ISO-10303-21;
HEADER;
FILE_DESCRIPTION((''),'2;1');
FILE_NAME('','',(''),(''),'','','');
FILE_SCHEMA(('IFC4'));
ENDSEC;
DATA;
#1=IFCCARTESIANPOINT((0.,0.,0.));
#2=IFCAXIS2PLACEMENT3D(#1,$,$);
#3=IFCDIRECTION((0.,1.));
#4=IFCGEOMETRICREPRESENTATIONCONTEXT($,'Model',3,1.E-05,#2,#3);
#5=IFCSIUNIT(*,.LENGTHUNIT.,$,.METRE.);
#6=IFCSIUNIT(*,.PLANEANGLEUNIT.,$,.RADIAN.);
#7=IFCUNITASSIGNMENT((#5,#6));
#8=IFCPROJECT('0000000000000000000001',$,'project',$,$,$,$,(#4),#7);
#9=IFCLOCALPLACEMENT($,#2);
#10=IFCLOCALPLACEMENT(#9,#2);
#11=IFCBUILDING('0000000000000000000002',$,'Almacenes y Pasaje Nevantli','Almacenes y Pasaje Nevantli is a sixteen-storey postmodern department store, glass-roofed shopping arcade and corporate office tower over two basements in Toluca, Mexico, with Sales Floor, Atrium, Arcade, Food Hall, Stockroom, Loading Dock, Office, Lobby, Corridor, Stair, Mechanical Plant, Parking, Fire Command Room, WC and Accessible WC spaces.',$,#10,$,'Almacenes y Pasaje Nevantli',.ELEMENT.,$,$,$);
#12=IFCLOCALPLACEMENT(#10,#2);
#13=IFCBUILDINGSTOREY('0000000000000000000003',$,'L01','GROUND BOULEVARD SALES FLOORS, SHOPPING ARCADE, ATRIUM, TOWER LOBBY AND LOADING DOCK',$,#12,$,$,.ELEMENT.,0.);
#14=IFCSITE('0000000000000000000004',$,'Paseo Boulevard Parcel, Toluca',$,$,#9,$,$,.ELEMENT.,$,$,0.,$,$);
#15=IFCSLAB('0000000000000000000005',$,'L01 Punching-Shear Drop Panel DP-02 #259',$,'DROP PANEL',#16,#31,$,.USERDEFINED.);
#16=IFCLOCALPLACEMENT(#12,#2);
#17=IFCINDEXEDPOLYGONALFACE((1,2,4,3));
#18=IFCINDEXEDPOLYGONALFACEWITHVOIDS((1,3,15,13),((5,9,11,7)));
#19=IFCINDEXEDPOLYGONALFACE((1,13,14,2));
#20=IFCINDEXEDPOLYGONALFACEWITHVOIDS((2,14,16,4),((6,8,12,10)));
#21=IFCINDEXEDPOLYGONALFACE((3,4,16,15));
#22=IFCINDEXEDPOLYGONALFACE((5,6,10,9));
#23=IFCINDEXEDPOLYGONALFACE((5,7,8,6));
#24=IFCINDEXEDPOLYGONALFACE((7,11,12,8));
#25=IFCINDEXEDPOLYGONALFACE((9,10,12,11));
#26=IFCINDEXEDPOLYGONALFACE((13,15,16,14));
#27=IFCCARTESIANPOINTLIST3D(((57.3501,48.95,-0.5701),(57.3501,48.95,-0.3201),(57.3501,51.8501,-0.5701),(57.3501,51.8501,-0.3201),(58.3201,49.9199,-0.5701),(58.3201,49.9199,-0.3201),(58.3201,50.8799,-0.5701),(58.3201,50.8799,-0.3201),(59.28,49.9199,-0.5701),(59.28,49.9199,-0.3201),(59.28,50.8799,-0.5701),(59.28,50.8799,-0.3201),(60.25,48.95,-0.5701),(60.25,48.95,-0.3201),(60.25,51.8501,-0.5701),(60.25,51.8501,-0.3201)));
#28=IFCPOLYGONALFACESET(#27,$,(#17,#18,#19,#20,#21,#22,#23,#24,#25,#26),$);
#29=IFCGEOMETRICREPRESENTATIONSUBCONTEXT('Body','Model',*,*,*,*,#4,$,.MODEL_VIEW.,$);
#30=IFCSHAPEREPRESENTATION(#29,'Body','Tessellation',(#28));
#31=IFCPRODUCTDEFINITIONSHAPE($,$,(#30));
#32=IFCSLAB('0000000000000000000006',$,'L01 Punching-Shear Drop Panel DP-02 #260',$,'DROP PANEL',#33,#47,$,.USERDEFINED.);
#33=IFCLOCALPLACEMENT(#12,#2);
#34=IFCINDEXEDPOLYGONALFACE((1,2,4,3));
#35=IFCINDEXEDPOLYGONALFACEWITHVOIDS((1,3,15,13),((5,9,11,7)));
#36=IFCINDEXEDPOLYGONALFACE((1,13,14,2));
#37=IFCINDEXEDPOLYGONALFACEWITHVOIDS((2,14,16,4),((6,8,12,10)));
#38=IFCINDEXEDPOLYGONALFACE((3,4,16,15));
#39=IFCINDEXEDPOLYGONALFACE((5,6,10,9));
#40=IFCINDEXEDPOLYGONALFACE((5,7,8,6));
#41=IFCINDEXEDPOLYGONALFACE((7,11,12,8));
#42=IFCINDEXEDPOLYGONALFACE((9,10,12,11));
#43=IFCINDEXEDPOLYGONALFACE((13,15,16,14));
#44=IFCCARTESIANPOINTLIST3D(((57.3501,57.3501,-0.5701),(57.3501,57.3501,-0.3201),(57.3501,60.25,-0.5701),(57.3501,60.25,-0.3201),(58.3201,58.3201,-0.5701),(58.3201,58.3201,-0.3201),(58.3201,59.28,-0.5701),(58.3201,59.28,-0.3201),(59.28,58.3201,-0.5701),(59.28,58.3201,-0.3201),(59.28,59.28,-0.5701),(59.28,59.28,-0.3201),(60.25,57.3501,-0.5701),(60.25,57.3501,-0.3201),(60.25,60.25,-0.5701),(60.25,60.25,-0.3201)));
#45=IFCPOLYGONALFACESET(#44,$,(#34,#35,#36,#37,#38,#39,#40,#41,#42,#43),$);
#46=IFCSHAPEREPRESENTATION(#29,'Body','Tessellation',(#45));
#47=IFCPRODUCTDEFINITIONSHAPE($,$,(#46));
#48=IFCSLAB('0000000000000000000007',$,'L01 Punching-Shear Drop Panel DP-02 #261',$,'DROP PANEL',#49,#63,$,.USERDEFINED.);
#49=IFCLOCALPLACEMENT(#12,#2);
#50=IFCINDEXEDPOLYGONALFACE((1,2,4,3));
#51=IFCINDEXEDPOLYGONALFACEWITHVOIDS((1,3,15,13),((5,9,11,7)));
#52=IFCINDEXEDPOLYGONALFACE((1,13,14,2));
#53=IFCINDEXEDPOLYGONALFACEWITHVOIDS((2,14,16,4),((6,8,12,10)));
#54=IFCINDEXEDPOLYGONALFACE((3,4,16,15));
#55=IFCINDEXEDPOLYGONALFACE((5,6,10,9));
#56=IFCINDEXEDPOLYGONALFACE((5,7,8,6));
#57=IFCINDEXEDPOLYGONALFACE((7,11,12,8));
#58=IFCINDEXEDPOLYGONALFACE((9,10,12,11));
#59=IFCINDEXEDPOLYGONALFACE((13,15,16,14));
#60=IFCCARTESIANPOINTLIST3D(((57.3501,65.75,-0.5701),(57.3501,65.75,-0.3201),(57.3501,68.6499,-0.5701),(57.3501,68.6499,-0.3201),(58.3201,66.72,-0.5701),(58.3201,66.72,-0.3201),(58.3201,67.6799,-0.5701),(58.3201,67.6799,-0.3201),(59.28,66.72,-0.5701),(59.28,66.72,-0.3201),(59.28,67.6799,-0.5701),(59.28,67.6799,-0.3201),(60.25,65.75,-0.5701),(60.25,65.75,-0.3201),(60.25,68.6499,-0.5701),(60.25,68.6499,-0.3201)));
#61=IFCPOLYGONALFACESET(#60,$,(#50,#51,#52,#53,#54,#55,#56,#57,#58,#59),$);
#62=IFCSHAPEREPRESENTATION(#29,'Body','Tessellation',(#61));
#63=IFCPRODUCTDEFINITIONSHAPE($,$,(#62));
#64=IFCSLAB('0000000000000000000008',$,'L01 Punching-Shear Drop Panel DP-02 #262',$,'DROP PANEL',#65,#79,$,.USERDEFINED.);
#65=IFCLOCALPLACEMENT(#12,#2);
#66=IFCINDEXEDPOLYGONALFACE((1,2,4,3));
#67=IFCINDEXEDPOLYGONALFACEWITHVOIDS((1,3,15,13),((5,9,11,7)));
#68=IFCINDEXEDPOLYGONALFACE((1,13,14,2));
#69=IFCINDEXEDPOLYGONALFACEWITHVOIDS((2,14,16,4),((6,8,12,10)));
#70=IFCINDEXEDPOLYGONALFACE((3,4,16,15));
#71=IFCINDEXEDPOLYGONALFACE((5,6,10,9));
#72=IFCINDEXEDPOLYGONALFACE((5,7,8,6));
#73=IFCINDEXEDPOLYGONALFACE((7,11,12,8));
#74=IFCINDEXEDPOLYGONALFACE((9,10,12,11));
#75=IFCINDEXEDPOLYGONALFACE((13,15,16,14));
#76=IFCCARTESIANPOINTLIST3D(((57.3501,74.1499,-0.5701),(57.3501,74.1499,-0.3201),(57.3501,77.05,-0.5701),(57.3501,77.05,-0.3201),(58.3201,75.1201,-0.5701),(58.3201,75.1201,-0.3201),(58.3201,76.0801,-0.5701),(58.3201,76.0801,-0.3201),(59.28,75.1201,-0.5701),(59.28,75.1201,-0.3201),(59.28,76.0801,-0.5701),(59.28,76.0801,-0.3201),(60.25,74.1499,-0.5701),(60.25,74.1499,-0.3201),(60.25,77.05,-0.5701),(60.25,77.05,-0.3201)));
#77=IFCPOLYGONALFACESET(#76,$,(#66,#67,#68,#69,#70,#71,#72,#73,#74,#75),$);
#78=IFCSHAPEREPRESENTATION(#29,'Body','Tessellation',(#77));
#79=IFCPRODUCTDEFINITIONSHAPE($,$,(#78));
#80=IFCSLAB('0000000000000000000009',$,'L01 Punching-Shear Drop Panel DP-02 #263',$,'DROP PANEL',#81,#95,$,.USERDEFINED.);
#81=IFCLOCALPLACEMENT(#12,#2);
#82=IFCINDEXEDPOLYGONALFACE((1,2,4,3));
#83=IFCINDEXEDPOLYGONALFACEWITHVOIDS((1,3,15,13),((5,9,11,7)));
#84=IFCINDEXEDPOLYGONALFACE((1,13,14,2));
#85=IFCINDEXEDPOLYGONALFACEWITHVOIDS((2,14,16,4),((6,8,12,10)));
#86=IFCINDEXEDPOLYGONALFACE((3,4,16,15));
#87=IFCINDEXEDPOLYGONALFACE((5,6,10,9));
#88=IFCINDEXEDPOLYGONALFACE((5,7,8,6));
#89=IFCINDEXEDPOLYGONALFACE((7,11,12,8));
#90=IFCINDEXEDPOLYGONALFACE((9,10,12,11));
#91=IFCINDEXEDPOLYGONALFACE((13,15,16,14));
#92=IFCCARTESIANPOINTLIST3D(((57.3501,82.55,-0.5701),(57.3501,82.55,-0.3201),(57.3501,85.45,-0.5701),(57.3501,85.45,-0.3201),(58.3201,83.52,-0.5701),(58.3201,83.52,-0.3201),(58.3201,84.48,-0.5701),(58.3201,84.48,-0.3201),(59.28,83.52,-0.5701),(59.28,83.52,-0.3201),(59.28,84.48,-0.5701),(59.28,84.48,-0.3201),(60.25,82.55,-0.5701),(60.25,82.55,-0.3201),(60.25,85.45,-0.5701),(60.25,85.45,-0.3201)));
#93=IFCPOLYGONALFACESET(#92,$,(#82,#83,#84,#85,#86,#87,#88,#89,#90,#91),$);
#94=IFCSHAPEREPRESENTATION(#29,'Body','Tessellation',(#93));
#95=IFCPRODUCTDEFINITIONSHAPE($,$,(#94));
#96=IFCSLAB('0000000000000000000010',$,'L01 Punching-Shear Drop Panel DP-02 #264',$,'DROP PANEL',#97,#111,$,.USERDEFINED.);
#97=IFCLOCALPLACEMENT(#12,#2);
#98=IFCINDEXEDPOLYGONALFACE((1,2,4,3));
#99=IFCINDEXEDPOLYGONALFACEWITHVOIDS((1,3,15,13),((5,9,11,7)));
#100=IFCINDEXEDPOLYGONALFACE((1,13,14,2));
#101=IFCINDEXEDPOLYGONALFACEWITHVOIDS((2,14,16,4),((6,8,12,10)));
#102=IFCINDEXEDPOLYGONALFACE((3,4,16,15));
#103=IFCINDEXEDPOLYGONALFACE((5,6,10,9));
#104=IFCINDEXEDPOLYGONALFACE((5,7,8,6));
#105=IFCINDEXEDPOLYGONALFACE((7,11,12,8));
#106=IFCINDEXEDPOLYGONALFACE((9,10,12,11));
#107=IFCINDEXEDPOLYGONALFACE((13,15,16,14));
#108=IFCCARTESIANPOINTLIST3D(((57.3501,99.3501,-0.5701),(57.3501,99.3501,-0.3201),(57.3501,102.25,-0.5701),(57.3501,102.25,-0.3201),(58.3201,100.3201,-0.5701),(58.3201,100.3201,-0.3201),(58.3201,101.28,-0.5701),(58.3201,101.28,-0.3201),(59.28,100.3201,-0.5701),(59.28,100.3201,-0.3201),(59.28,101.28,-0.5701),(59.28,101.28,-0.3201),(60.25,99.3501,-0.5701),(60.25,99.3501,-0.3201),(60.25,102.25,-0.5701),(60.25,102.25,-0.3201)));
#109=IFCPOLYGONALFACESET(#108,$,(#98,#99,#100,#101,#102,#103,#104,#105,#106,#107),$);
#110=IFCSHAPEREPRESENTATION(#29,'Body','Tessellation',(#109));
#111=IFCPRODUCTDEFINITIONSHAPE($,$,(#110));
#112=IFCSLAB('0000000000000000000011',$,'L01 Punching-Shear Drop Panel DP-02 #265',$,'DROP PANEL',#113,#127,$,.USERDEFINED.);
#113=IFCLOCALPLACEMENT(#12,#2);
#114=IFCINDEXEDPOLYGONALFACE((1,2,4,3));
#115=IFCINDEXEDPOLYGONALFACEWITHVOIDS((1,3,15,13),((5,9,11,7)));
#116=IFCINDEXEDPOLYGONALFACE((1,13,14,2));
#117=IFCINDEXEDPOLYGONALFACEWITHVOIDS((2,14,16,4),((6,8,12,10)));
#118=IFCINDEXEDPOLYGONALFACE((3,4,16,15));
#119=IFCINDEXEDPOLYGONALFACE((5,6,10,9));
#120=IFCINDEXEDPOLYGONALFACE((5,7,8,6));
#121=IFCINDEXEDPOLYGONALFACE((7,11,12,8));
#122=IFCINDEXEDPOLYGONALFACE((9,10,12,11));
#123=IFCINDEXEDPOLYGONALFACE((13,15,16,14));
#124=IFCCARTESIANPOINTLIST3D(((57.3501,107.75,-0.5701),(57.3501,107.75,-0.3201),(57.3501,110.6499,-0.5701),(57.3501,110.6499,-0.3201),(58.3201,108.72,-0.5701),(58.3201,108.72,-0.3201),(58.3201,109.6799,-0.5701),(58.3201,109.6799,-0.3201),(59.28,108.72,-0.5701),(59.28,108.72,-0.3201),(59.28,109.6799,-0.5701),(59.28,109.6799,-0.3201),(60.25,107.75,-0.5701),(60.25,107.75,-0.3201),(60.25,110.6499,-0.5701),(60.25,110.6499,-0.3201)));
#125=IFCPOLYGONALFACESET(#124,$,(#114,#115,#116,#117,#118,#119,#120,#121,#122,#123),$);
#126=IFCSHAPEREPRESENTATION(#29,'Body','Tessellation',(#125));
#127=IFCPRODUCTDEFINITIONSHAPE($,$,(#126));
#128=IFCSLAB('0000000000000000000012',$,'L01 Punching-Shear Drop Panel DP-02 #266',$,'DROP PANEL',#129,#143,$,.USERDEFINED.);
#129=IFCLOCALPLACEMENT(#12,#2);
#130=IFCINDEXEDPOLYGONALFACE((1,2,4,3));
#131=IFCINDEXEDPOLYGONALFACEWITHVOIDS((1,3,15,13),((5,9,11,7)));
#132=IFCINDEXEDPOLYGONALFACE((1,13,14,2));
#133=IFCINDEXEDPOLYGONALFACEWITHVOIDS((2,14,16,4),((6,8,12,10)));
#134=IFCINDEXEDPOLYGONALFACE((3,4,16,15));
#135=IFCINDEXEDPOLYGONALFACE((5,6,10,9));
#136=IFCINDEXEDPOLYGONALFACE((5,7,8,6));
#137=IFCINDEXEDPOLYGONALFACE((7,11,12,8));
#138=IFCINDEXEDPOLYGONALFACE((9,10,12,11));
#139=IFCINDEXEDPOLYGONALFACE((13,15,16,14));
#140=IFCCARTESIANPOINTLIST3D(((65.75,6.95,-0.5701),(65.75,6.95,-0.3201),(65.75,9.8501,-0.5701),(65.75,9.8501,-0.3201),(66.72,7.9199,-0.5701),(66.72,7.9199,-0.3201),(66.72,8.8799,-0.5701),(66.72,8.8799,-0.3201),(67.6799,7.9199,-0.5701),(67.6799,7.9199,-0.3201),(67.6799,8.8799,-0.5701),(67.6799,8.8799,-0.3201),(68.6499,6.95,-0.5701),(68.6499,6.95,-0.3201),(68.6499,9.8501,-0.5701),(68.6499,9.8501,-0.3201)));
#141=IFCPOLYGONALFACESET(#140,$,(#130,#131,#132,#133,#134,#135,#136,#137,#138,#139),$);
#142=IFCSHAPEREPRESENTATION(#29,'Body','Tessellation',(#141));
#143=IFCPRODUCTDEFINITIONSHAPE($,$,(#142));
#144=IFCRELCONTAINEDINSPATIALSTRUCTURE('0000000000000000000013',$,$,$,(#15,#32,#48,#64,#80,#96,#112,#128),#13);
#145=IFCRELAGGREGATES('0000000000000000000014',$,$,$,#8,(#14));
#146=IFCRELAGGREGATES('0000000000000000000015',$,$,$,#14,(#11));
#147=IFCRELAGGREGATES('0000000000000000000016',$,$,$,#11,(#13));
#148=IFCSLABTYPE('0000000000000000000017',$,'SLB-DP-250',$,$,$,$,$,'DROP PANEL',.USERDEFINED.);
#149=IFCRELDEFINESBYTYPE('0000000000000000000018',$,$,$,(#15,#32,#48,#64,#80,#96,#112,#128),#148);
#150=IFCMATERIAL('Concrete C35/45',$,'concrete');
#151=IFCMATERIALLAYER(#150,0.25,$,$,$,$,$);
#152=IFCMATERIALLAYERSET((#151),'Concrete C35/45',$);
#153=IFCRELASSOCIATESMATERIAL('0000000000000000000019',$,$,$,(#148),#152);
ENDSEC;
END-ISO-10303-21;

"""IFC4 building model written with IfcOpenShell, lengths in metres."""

from ifc_helpers import new_model, si_unit, direction, frame, origin, place, context, subcontext, project, spatial, polyline, outline, extrude, material, layer, layer_set, type_object, element, save


model = new_model("IFC4")

# Units and contexts
model_context = context("Model", 3, precision=1e-05, world=origin(), true_north=direction((0.0, 1.0)))
body_context = subcontext(model_context, "Body", "Model", "MODEL_VIEW")
ifc_project = project(units=[si_unit("LENGTHUNIT", "METRE"), si_unit("PLANEANGLEUNIT", "RADIAN")], contexts=[model_context])

# Site, building, storey
site_placement = place(None, origin())
site = spatial("IfcSite", under=ifc_project, at=site_placement, Name="Paseo Boulevard Parcel, Toluca", CompositionType="ELEMENT", RefElevation=0.0)
building_placement = place(site_placement, origin())
building = spatial("IfcBuilding", under=site, at=building_placement, Name="Almacenes y Pasaje Nevantli", Description="Almacenes y Pasaje Nevantli is a sixteen-storey postmodern department store, glass-roofed shopping arcade and corporate office tower over two basements in Toluca, Mexico, with Sales Floor, Atrium, Arcade, Food Hall, Stockroom, Loading Dock, Office, Lobby, Corridor, Stair, Mechanical Plant, Parking, Fire Command Room, WC and Accessible WC spaces.", LongName="Almacenes y Pasaje Nevantli", CompositionType="ELEMENT")
storey_placement = place(building_placement, origin())
storey = spatial("IfcBuildingStorey", under=building, at=storey_placement, Name="L01", Description="GROUND BOULEVARD SALES FLOORS, SHOPPING ARCADE, ATRIUM, TOWER LOBBY AND LOADING DOCK", CompositionType="ELEMENT", Elevation=0.0)

# Slabs
ifc_material = material(Name="Concrete C35/45", Category="concrete")
ifc_layer = layer(ifc_material, 0.25)
ifc_layer_set = layer_set([ifc_layer], Name="Concrete C35/45")
slab_type = type_object("IfcSlabType", Name="SLB-DP-250", ElementType="DROP PANEL", PredefinedType="USERDEFINED", material=ifc_layer_set)
slab_1_placement = place(storey_placement, frame((0.0, 0.0, -0.5701)))
element("IfcSlab", 1, at=slab_1_placement, inside=storey, type_object=slab_type, Name="L01 Punching-Shear Drop Panel DP-02 #259", ObjectType="DROP PANEL", PredefinedType="USERDEFINED", context=body_context, shape_type="SweptSolid", body=[
    extrude(outline(polyline([(57.3501, 48.95), (60.25, 48.95), (60.25, 51.8501), (57.3501, 51.8501), (57.3501, 48.95)]), holes=[polyline([(58.3201, 49.9199), (59.28, 49.9199), (59.28, 50.8799), (58.3201, 50.8799), (58.3201, 49.9199)])]), origin(), (0.0, 0.0, 1.0), 0.25),
])
slab_2_placement = place(storey_placement, frame((0.0, 0.0, -0.5701)))
element("IfcSlab", 2, at=slab_2_placement, inside=storey, type_object=slab_type, Name="L01 Punching-Shear Drop Panel DP-02 #260", ObjectType="DROP PANEL", PredefinedType="USERDEFINED", context=body_context, shape_type="SweptSolid", body=[
    extrude(outline(polyline([(57.3501, 57.3501), (60.25, 57.3501), (60.25, 60.25), (57.3501, 60.25), (57.3501, 57.3501)]), holes=[polyline([(58.3201, 58.3201), (59.28, 58.3201), (59.28, 59.28), (58.3201, 59.28), (58.3201, 58.3201)])]), origin(), (0.0, 0.0, 1.0), 0.25),
])
slab_3_placement = place(storey_placement, frame((0.0, 0.0, -0.5701)))
element("IfcSlab", 3, at=slab_3_placement, inside=storey, type_object=slab_type, Name="L01 Punching-Shear Drop Panel DP-02 #261", ObjectType="DROP PANEL", PredefinedType="USERDEFINED", context=body_context, shape_type="SweptSolid", body=[
    extrude(outline(polyline([(57.3501, 65.75), (60.25, 65.75), (60.25, 68.6499), (57.3501, 68.6499), (57.3501, 65.75)]), holes=[polyline([(58.3201, 66.72), (59.28, 66.72), (59.28, 67.6799), (58.3201, 67.6799), (58.3201, 66.72)])]), origin(), (0.0, 0.0, 1.0), 0.25),
])
slab_4_placement = place(storey_placement, frame((0.0, 0.0, -0.5701)))
element("IfcSlab", 4, at=slab_4_placement, inside=storey, type_object=slab_type, Name="L01 Punching-Shear Drop Panel DP-02 #262", ObjectType="DROP PANEL", PredefinedType="USERDEFINED", context=body_context, shape_type="SweptSolid", body=[
    extrude(outline(polyline([(57.3501, 74.1499), (60.25, 74.1499), (60.25, 77.05), (57.3501, 77.05), (57.3501, 74.1499)]), holes=[polyline([(58.3201, 75.1201), (59.28, 75.1201), (59.28, 76.0801), (58.3201, 76.0801), (58.3201, 75.1201)])]), origin(), (0.0, 0.0, 1.0), 0.25),
])
slab_5_placement = place(storey_placement, frame((0.0, 0.0, -0.5701)))
element("IfcSlab", 5, at=slab_5_placement, inside=storey, type_object=slab_type, Name="L01 Punching-Shear Drop Panel DP-02 #263", ObjectType="DROP PANEL", PredefinedType="USERDEFINED", context=body_context, shape_type="SweptSolid", body=[
    extrude(outline(polyline([(57.3501, 82.55), (60.25, 82.55), (60.25, 85.45), (57.3501, 85.45), (57.3501, 82.55)]), holes=[polyline([(58.3201, 83.52), (59.28, 83.52), (59.28, 84.48), (58.3201, 84.48), (58.3201, 83.52)])]), origin(), (0.0, 0.0, 1.0), 0.25),
])
slab_6_placement = place(storey_placement, frame((0.0, 0.0, -0.5701)))
element("IfcSlab", 6, at=slab_6_placement, inside=storey, type_object=slab_type, Name="L01 Punching-Shear Drop Panel DP-02 #264", ObjectType="DROP PANEL", PredefinedType="USERDEFINED", context=body_context, shape_type="SweptSolid", body=[
    extrude(outline(polyline([(57.3501, 99.3501), (60.25, 99.3501), (60.25, 102.25), (57.3501, 102.25), (57.3501, 99.3501)]), holes=[polyline([(58.3201, 100.3201), (59.28, 100.3201), (59.28, 101.28), (58.3201, 101.28), (58.3201, 100.3201)])]), origin(), (0.0, 0.0, 1.0), 0.25),
])
slab_7_placement = place(storey_placement, frame((0.0, 0.0, -0.5701)))
element("IfcSlab", 7, at=slab_7_placement, inside=storey, type_object=slab_type, Name="L01 Punching-Shear Drop Panel DP-02 #265", ObjectType="DROP PANEL", PredefinedType="USERDEFINED", context=body_context, shape_type="SweptSolid", body=[
    extrude(outline(polyline([(57.3501, 107.75), (60.25, 107.75), (60.25, 110.6499), (57.3501, 110.6499), (57.3501, 107.75)]), holes=[polyline([(58.3201, 108.72), (59.28, 108.72), (59.28, 109.6799), (58.3201, 109.6799), (58.3201, 108.72)])]), origin(), (0.0, 0.0, 1.0), 0.25),
])
slab_8_placement = place(storey_placement, frame((0.0, 0.0, -0.5701)))
element("IfcSlab", 8, at=slab_8_placement, inside=storey, type_object=slab_type, Name="L01 Punching-Shear Drop Panel DP-02 #266", ObjectType="DROP PANEL", PredefinedType="USERDEFINED", context=body_context, shape_type="SweptSolid", body=[
    extrude(outline(polyline([(65.75, 6.95), (68.6499, 6.95), (68.6499, 9.8501), (65.75, 9.8501), (65.75, 6.95)]), holes=[polyline([(66.72, 7.9199), (67.6799, 7.9199), (67.6799, 8.8799), (66.72, 8.8799), (66.72, 7.9199)])]), origin(), (0.0, 0.0, 1.0), 0.25),
])

save(model, "model.ifc")
